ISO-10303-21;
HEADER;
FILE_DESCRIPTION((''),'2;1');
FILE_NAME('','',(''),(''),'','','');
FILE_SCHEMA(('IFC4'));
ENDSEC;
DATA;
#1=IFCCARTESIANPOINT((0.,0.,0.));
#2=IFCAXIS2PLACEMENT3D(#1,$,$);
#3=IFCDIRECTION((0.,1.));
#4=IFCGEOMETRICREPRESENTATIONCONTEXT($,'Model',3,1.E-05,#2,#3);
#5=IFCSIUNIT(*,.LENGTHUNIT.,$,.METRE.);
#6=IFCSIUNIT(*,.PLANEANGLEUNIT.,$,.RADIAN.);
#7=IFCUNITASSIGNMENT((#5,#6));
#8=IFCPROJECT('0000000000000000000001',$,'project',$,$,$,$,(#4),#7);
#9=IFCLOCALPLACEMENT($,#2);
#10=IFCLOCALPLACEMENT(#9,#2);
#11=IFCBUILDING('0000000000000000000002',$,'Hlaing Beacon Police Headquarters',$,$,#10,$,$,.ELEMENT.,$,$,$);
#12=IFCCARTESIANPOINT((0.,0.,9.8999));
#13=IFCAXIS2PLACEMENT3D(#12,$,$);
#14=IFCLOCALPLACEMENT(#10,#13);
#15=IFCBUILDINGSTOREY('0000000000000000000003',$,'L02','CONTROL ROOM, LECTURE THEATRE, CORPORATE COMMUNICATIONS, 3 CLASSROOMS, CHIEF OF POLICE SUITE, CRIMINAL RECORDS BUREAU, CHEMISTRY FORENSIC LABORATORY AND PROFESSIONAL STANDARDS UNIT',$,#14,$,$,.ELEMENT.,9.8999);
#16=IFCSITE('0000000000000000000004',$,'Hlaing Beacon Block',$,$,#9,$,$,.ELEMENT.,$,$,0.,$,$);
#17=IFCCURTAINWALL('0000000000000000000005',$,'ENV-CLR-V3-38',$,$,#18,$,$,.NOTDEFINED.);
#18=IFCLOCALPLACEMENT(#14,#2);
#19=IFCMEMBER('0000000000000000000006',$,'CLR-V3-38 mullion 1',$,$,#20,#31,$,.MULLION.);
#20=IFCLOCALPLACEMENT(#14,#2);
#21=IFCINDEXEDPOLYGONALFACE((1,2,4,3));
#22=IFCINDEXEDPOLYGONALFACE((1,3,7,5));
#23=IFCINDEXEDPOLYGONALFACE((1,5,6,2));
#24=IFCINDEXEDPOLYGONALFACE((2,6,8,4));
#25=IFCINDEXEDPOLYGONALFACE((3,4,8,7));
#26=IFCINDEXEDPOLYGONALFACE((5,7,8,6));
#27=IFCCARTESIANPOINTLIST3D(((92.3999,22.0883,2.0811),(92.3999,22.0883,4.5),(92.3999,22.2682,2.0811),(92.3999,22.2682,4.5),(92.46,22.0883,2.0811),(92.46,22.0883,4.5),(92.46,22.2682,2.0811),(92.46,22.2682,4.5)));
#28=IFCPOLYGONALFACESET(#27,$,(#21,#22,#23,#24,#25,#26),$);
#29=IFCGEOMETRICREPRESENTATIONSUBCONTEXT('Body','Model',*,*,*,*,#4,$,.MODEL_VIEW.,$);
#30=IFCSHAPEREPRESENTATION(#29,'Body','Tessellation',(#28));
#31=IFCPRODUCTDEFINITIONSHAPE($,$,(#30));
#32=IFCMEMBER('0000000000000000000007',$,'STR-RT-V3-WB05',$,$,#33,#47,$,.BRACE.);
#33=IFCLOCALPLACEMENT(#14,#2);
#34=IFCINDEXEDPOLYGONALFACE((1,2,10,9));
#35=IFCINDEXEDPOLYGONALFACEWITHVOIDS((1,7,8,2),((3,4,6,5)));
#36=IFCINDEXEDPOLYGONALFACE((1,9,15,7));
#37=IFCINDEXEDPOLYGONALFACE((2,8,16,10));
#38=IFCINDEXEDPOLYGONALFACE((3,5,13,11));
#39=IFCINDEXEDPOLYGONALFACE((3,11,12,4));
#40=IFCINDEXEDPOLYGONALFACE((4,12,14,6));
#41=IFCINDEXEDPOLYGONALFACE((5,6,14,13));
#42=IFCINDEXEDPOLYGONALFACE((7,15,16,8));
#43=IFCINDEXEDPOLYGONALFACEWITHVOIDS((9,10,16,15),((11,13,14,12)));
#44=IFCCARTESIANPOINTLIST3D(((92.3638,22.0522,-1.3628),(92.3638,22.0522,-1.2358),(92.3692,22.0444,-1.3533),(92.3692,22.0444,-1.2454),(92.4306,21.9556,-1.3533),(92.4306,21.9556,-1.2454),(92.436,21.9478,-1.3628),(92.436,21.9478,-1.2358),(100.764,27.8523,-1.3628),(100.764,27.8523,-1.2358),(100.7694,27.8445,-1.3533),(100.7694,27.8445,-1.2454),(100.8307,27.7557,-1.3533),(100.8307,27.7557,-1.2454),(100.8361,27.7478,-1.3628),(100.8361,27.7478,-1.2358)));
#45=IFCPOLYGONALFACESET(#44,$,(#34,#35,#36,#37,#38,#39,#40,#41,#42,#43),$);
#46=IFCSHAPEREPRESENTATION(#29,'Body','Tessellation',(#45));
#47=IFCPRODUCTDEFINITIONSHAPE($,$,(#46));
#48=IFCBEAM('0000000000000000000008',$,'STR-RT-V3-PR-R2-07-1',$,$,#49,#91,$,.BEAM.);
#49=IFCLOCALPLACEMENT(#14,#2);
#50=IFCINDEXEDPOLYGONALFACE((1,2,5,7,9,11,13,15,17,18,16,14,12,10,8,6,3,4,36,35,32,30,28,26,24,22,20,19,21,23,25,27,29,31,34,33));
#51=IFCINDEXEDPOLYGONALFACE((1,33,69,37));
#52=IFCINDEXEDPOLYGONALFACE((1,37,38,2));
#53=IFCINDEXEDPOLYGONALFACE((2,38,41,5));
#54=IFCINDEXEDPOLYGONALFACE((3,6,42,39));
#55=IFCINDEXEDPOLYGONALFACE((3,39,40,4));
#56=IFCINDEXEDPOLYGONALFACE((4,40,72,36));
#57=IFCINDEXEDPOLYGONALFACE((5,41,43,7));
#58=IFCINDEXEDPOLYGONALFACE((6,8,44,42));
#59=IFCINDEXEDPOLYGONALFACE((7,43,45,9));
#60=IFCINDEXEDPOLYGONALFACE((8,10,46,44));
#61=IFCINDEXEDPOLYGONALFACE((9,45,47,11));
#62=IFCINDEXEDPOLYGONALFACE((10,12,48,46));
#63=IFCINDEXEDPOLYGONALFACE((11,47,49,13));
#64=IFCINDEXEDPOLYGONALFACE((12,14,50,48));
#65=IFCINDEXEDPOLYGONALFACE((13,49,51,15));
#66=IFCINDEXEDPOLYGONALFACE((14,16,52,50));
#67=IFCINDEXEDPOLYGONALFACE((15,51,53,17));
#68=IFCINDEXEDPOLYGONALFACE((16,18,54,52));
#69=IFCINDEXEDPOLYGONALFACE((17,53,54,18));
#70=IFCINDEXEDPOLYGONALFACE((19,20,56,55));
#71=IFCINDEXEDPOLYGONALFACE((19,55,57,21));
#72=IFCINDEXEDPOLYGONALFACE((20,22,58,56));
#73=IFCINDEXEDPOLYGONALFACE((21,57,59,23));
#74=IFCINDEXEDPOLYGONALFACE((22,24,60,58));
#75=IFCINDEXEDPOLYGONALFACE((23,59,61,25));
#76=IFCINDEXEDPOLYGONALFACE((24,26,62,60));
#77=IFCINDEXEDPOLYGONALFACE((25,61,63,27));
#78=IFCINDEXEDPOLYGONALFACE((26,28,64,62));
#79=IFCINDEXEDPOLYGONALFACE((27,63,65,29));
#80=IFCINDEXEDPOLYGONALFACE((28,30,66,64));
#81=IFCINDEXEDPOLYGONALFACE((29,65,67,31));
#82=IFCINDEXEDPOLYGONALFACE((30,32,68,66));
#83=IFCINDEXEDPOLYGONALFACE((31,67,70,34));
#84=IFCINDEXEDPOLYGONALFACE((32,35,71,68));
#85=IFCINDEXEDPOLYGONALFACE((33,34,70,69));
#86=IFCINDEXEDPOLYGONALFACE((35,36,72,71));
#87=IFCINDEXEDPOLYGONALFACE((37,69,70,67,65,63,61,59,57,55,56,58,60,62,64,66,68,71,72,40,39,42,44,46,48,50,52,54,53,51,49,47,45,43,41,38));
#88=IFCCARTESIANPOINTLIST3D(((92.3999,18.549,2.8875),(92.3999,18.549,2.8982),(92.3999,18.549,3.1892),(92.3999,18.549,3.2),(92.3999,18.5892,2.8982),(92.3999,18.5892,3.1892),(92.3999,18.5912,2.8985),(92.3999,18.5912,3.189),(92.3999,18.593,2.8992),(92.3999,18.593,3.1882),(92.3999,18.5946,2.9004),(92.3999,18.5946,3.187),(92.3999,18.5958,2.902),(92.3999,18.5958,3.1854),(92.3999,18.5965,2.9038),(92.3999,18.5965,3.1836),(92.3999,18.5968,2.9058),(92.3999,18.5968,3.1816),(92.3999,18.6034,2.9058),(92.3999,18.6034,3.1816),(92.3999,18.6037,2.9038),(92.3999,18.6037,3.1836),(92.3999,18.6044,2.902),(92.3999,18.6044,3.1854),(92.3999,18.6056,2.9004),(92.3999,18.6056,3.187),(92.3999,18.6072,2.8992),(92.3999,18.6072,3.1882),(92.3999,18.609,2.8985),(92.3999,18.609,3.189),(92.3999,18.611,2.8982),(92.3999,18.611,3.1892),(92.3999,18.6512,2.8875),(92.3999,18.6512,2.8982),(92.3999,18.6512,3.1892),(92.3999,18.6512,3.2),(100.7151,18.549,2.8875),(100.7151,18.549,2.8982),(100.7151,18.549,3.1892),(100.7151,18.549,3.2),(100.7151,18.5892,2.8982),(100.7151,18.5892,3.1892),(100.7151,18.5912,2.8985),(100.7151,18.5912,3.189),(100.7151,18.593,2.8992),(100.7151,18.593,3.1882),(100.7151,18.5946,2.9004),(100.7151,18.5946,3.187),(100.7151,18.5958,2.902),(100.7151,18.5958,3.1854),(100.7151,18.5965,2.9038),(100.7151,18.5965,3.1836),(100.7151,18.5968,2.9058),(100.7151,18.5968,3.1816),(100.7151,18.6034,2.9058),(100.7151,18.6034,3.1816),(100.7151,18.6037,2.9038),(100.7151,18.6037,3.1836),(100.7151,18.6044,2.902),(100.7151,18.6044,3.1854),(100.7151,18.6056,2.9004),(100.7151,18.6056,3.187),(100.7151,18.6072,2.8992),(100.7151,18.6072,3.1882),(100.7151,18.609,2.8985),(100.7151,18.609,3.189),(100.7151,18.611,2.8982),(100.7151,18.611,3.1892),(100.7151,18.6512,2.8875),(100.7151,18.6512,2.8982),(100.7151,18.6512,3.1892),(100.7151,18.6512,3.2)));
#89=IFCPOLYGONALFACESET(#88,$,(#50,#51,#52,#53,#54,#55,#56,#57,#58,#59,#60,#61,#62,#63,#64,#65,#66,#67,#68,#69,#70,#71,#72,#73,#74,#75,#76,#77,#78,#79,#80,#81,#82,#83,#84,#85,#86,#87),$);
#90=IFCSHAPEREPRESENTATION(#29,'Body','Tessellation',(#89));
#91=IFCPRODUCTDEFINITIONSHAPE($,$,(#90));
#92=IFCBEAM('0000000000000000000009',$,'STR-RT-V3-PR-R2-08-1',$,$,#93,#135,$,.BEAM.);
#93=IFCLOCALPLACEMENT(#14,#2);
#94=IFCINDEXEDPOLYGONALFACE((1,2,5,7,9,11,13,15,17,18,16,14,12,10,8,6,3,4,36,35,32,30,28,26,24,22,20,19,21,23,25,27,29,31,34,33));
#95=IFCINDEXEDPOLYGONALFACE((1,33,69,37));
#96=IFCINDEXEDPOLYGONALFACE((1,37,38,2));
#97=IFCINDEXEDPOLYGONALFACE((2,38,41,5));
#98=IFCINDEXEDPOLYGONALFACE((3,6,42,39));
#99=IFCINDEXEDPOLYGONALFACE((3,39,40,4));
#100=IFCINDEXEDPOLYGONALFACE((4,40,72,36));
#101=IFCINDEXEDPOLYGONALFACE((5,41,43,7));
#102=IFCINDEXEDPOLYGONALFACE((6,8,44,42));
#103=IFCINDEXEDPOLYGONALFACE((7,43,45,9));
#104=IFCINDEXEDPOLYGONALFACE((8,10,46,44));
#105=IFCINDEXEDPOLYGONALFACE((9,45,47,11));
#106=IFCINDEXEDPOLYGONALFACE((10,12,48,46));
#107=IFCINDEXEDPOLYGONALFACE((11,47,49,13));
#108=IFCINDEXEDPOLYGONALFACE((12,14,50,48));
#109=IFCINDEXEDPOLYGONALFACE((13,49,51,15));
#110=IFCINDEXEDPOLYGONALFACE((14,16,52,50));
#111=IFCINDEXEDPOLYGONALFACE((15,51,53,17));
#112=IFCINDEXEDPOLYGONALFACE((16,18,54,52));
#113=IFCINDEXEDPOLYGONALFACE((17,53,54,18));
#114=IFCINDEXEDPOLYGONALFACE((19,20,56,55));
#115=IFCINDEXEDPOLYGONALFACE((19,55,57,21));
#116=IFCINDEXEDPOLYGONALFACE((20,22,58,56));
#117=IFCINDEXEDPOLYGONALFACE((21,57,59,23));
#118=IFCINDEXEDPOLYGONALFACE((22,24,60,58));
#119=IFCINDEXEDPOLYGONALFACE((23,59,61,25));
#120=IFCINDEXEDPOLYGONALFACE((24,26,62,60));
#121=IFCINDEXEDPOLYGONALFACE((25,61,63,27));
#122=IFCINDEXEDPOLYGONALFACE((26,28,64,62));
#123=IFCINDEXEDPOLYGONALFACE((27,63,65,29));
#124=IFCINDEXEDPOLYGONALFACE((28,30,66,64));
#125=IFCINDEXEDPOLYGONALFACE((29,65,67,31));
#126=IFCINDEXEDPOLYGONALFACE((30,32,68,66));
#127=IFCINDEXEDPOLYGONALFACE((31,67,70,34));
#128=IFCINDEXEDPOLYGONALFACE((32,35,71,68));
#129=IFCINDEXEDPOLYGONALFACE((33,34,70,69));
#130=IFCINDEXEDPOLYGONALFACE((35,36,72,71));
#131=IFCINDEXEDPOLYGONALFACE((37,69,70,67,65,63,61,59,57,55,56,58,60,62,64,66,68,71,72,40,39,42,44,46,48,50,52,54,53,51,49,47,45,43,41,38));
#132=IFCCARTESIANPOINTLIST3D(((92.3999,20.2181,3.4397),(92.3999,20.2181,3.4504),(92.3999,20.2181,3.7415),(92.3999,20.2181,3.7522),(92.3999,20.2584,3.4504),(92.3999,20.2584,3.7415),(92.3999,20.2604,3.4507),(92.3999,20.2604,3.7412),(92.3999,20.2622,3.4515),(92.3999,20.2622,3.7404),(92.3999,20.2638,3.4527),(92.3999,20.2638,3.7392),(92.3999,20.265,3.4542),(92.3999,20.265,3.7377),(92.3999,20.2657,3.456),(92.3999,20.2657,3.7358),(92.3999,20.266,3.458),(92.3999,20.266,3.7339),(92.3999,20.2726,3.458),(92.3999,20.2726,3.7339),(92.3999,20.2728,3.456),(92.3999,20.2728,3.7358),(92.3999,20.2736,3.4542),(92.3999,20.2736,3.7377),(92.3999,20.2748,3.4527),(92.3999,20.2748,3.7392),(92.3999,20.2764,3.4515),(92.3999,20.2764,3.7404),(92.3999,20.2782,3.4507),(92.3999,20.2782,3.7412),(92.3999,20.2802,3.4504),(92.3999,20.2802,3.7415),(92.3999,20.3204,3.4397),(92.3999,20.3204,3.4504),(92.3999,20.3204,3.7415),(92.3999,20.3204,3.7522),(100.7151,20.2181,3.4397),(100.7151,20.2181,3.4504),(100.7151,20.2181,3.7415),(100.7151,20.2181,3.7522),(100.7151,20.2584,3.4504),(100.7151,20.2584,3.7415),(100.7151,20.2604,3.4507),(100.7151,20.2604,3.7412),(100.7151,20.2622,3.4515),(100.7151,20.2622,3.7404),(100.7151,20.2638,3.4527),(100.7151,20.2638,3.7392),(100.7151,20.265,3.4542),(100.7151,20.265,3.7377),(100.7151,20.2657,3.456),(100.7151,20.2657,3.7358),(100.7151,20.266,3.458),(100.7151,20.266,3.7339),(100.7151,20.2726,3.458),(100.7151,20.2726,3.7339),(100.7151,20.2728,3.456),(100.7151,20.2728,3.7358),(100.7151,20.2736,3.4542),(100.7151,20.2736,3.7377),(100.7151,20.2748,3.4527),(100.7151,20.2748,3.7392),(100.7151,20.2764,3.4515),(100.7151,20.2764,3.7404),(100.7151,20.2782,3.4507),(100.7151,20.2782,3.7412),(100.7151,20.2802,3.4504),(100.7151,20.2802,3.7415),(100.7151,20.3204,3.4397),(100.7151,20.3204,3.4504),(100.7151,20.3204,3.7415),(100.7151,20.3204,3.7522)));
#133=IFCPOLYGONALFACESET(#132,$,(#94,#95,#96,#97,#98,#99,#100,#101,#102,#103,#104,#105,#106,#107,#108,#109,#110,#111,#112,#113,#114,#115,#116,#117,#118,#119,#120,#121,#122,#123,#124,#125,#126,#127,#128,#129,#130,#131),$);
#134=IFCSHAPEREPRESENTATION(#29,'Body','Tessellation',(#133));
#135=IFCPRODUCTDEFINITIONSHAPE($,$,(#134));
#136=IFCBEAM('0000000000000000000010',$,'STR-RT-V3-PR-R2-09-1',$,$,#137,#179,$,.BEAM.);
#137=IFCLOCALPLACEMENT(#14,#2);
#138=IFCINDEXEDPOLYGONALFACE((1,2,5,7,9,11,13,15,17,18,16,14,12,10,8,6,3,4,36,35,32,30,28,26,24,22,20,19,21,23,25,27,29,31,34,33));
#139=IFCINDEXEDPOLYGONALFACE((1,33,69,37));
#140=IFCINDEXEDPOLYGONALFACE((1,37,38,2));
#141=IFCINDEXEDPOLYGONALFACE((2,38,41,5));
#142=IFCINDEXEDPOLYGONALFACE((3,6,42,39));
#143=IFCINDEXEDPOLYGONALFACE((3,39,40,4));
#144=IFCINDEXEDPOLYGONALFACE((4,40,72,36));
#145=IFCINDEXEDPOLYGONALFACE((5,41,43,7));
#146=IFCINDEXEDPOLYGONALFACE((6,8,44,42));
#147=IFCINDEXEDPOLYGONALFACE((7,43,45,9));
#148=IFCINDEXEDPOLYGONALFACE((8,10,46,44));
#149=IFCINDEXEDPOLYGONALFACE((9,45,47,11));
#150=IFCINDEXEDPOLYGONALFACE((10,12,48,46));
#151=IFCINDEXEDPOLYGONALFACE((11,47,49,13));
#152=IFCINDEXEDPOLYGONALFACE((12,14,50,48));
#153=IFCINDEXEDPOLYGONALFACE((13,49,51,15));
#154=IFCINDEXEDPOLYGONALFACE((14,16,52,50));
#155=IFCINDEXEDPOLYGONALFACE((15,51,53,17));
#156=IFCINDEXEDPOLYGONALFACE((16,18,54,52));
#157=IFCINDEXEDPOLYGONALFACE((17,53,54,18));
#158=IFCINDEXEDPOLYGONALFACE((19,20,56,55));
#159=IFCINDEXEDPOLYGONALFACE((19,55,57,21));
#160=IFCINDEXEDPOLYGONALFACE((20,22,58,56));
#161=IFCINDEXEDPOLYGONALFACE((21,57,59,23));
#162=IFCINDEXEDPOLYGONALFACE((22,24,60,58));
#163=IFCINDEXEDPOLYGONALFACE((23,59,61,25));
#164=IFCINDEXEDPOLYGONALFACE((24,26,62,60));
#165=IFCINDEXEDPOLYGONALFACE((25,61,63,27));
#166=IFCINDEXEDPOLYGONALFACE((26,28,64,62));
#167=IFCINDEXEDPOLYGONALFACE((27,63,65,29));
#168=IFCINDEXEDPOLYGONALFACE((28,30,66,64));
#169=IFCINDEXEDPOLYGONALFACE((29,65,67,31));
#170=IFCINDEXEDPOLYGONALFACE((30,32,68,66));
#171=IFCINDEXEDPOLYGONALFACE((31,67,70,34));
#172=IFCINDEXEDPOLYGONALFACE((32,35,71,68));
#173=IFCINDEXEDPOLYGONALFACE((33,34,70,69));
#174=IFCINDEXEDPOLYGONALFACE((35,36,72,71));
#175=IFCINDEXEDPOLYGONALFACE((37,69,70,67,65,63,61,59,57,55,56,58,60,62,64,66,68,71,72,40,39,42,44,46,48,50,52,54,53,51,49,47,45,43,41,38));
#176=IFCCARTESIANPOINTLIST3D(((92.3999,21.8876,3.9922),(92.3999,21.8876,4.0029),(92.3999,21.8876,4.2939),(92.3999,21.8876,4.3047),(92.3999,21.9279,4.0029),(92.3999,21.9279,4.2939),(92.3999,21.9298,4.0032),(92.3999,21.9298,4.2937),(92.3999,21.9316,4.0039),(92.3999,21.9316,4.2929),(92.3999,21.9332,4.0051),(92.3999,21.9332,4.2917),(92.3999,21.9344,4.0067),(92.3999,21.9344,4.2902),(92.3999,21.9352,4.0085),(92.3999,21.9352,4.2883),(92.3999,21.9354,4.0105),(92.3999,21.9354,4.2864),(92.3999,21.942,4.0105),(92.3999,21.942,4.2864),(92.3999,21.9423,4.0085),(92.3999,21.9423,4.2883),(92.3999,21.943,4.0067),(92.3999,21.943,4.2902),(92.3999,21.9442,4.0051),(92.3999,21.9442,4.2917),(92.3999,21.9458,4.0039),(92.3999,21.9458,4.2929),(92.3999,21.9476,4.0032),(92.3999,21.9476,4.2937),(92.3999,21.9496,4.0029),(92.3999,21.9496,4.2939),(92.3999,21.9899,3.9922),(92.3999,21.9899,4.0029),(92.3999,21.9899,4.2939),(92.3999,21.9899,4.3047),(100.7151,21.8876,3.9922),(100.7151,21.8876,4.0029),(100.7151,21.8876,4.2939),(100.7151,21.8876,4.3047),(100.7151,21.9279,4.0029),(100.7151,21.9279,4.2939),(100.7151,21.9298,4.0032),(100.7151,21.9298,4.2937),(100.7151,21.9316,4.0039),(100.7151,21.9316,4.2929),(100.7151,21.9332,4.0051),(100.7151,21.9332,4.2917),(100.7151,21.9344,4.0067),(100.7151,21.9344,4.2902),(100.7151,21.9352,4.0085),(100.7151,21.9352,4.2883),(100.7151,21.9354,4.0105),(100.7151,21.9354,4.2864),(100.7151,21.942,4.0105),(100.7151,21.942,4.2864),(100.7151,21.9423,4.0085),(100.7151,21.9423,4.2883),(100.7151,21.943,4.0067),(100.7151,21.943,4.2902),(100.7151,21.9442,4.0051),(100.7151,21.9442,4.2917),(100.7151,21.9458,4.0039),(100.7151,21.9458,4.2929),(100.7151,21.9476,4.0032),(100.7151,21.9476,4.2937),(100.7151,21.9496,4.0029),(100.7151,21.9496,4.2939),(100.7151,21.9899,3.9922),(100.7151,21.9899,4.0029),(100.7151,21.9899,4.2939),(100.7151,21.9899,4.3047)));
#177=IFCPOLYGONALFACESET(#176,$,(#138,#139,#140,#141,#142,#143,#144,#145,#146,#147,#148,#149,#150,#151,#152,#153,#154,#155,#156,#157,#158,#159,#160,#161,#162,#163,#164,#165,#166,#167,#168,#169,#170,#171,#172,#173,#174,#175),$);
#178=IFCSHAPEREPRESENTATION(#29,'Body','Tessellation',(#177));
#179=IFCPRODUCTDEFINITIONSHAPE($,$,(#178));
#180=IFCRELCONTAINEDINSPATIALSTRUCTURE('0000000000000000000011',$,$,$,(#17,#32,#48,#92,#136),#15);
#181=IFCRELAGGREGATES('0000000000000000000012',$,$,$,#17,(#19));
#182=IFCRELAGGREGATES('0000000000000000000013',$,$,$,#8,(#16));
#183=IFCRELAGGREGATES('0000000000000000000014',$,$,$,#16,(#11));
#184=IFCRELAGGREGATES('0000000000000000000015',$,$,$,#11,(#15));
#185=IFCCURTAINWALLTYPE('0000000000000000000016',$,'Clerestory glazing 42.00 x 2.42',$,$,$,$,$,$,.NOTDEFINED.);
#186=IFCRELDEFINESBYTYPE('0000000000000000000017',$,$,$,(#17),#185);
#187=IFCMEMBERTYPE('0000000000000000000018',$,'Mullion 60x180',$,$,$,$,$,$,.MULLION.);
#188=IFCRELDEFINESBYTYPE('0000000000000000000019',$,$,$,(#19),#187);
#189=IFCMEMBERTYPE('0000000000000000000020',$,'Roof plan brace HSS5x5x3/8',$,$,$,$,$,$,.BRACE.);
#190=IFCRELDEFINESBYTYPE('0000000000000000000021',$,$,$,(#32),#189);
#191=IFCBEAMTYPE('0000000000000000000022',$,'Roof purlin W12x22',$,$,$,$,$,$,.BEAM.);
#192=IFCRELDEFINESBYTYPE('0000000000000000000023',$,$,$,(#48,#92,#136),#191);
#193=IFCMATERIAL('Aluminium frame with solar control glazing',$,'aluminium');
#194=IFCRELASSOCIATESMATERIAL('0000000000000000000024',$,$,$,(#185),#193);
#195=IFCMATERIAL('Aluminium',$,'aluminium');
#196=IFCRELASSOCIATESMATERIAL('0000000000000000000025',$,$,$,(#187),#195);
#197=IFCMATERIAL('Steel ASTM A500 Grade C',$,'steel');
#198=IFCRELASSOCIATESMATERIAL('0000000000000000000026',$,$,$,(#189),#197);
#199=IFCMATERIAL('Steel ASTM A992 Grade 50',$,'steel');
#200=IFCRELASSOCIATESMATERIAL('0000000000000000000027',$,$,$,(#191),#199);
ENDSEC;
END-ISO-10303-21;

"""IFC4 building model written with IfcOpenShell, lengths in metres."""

from ifc_helpers import new_model, si_unit, direction, frame, origin, origin_2d, place, context, subcontext, project, spatial, rectangle, hollow_rectangle, i_section, extrude, material, material_profile, profile_set, type_object, element, aggregate, save


model = new_model("IFC4")

# Units and contexts
model_context = context("Model", 3, precision=1e-05, world=origin(), true_north=direction((0.0, 1.0)))
body_context = subcontext(model_context, "Body", "Model", "MODEL_VIEW")
ifc_project = project(units=[si_unit("LENGTHUNIT", "METRE"), si_unit("PLANEANGLEUNIT", "RADIAN")], contexts=[model_context])

# Site, building, storey
site_placement = place(None, origin())
site = spatial("IfcSite", under=ifc_project, at=site_placement, Name="Hlaing Beacon Block", CompositionType="ELEMENT", RefElevation=0.0)
building_placement = place(site_placement, origin())
building = spatial("IfcBuilding", under=site, at=building_placement, Name="Hlaing Beacon Police Headquarters", CompositionType="ELEMENT")
storey_placement = place(building_placement, frame((0.0, 0.0, 9.8999)))
storey = spatial("IfcBuildingStorey", under=building, at=storey_placement, Name="L02", Description="CONTROL ROOM, LECTURE THEATRE, CORPORATE COMMUNICATIONS, 3 CLASSROOMS, CHIEF OF POLICE SUITE, CRIMINAL RECORDS BUREAU, CHEMISTRY FORENSIC LABORATORY AND PROFESSIONAL STANDARDS UNIT", CompositionType="ELEMENT", Elevation=9.8999)

# Curtain wall, member
ifc_material_1 = material(Name="Aluminium frame with solar control glazing", Category="aluminium")
curtain_wall_type = type_object("IfcCurtainWallType", Name="Clerestory glazing 42.00 x 2.42", PredefinedType="NOTDEFINED", material=ifc_material_1)
curtain_wall_placement = place(storey_placement, origin())
curtain_wall = element("IfcCurtainWall", 1, at=curtain_wall_placement, inside=storey, type_object=curtain_wall_type, Name="ENV-CLR-V3-38", PredefinedType="NOTDEFINED")
ifc_material_2 = material(Name="Aluminium", Category="aluminium")
ifc_material_profile_1 = material_profile(ifc_material_2, rectangle(XDim=0.1799, YDim=0.0601, at=origin_2d()), Name="Mullion 60x180")
ifc_profile_set_1 = profile_set([ifc_material_profile_1], Name="Aluminium")
member_type_1 = type_object("IfcMemberType", Name="Mullion 60x180", PredefinedType="MULLION", material=ifc_profile_set_1)
member_1_placement = place(storey_placement, frame((92.4299, 22.1782, 2.0811), z_axis=(0.0, 0.0, 1.0), x_axis=(0.0, 1.0, 0.0)))
member_1 = element("IfcMember", 2, at=member_1_placement, type_object=member_type_1, Name="CLR-V3-38 mullion 1", PredefinedType="MULLION", context=body_context, shape_type="SweptSolid", body=[
    extrude(rectangle(XDim=0.1799, YDim=0.0601, at=origin_2d()), origin(), (0.0, 0.0, 1.0), 2.4189),
])

# Member
ifc_material_3 = material(Name="Steel ASTM A500 Grade C", Category="steel")
ifc_material_profile_2 = material_profile(ifc_material_3, hollow_rectangle(XDim=0.127, YDim=0.127, WallThickness=0.0095, at=origin_2d()), Name="HSS5x5x3/8")
ifc_profile_set_2 = profile_set([ifc_material_profile_2], Name="Steel ASTM A500 Grade C")
member_type_2 = type_object("IfcMemberType", Name="Roof plan brace HSS5x5x3/8", PredefinedType="BRACE", material=ifc_profile_set_2)
member_2_placement = place(storey_placement, frame((92.3999, 22.0, -1.2993), z_axis=(0.822899, 0.568187, 0.0), x_axis=(-0.568187, 0.822899, 0.0)))
element("IfcMember", 3, at=member_2_placement, inside=storey, type_object=member_type_2, Name="STR-RT-V3-WB05", PredefinedType="BRACE", context=body_context, shape_type="SweptSolid", body=[
    extrude(hollow_rectangle(XDim=0.127, YDim=0.127, WallThickness=0.0095, at=origin_2d()), origin(), (0.0, 0.0, 1.0), 10.208),
])

# Beams
ifc_material_4 = material(Name="Steel ASTM A992 Grade 50", Category="steel")
ifc_material_profile_3 = material_profile(ifc_material_4, i_section(OverallWidth=0.1023, OverallDepth=0.3125, WebThickness=0.0066, FlangeThickness=0.0107, FilletRadius=0.0076, at=origin_2d()), Name="W12x22")
ifc_profile_set_3 = profile_set([ifc_material_profile_3], Name="Steel ASTM A992 Grade 50")
beam_type_1 = type_object("IfcBeamType", Name="Roof purlin W12x22", PredefinedType="BEAM", material=ifc_profile_set_3)
for number, where, z_axis, x_axis, name in (
    (4, (92.3999, 18.6001, 3.0437), (1.0, 0.0, 0.0), (0.0, 1.0, 0.0), "STR-RT-V3-PR-R2-07-1"),
    (5, (92.3999, 20.2693, 3.5959), (1.0, 0.0, 0.0), (0.0, 1.0, 0.0), "STR-RT-V3-PR-R2-08-1"),
    (6, (92.3999, 21.9387, 4.1484), (1.0, 0.0, 0.0), (0.0, 1.0, 0.0), "STR-RT-V3-PR-R2-09-1"),
):
    element("IfcBeam", number, at=place(storey_placement, frame(where, z_axis=z_axis, x_axis=x_axis)), inside=storey, type_object=beam_type_1, Name=name, PredefinedType="BEAM", context=body_context, shape_type="SweptSolid", body=[
        extrude(i_section(OverallWidth=0.1023, OverallDepth=0.3125, WebThickness=0.0066, FlangeThickness=0.0107, FilletRadius=0.0076, at=origin_2d()), origin(), (0.0, 0.0, 1.0), 8.3152),
    ])

aggregate(curtain_wall, [member_1])

save(model, "model.ifc")
